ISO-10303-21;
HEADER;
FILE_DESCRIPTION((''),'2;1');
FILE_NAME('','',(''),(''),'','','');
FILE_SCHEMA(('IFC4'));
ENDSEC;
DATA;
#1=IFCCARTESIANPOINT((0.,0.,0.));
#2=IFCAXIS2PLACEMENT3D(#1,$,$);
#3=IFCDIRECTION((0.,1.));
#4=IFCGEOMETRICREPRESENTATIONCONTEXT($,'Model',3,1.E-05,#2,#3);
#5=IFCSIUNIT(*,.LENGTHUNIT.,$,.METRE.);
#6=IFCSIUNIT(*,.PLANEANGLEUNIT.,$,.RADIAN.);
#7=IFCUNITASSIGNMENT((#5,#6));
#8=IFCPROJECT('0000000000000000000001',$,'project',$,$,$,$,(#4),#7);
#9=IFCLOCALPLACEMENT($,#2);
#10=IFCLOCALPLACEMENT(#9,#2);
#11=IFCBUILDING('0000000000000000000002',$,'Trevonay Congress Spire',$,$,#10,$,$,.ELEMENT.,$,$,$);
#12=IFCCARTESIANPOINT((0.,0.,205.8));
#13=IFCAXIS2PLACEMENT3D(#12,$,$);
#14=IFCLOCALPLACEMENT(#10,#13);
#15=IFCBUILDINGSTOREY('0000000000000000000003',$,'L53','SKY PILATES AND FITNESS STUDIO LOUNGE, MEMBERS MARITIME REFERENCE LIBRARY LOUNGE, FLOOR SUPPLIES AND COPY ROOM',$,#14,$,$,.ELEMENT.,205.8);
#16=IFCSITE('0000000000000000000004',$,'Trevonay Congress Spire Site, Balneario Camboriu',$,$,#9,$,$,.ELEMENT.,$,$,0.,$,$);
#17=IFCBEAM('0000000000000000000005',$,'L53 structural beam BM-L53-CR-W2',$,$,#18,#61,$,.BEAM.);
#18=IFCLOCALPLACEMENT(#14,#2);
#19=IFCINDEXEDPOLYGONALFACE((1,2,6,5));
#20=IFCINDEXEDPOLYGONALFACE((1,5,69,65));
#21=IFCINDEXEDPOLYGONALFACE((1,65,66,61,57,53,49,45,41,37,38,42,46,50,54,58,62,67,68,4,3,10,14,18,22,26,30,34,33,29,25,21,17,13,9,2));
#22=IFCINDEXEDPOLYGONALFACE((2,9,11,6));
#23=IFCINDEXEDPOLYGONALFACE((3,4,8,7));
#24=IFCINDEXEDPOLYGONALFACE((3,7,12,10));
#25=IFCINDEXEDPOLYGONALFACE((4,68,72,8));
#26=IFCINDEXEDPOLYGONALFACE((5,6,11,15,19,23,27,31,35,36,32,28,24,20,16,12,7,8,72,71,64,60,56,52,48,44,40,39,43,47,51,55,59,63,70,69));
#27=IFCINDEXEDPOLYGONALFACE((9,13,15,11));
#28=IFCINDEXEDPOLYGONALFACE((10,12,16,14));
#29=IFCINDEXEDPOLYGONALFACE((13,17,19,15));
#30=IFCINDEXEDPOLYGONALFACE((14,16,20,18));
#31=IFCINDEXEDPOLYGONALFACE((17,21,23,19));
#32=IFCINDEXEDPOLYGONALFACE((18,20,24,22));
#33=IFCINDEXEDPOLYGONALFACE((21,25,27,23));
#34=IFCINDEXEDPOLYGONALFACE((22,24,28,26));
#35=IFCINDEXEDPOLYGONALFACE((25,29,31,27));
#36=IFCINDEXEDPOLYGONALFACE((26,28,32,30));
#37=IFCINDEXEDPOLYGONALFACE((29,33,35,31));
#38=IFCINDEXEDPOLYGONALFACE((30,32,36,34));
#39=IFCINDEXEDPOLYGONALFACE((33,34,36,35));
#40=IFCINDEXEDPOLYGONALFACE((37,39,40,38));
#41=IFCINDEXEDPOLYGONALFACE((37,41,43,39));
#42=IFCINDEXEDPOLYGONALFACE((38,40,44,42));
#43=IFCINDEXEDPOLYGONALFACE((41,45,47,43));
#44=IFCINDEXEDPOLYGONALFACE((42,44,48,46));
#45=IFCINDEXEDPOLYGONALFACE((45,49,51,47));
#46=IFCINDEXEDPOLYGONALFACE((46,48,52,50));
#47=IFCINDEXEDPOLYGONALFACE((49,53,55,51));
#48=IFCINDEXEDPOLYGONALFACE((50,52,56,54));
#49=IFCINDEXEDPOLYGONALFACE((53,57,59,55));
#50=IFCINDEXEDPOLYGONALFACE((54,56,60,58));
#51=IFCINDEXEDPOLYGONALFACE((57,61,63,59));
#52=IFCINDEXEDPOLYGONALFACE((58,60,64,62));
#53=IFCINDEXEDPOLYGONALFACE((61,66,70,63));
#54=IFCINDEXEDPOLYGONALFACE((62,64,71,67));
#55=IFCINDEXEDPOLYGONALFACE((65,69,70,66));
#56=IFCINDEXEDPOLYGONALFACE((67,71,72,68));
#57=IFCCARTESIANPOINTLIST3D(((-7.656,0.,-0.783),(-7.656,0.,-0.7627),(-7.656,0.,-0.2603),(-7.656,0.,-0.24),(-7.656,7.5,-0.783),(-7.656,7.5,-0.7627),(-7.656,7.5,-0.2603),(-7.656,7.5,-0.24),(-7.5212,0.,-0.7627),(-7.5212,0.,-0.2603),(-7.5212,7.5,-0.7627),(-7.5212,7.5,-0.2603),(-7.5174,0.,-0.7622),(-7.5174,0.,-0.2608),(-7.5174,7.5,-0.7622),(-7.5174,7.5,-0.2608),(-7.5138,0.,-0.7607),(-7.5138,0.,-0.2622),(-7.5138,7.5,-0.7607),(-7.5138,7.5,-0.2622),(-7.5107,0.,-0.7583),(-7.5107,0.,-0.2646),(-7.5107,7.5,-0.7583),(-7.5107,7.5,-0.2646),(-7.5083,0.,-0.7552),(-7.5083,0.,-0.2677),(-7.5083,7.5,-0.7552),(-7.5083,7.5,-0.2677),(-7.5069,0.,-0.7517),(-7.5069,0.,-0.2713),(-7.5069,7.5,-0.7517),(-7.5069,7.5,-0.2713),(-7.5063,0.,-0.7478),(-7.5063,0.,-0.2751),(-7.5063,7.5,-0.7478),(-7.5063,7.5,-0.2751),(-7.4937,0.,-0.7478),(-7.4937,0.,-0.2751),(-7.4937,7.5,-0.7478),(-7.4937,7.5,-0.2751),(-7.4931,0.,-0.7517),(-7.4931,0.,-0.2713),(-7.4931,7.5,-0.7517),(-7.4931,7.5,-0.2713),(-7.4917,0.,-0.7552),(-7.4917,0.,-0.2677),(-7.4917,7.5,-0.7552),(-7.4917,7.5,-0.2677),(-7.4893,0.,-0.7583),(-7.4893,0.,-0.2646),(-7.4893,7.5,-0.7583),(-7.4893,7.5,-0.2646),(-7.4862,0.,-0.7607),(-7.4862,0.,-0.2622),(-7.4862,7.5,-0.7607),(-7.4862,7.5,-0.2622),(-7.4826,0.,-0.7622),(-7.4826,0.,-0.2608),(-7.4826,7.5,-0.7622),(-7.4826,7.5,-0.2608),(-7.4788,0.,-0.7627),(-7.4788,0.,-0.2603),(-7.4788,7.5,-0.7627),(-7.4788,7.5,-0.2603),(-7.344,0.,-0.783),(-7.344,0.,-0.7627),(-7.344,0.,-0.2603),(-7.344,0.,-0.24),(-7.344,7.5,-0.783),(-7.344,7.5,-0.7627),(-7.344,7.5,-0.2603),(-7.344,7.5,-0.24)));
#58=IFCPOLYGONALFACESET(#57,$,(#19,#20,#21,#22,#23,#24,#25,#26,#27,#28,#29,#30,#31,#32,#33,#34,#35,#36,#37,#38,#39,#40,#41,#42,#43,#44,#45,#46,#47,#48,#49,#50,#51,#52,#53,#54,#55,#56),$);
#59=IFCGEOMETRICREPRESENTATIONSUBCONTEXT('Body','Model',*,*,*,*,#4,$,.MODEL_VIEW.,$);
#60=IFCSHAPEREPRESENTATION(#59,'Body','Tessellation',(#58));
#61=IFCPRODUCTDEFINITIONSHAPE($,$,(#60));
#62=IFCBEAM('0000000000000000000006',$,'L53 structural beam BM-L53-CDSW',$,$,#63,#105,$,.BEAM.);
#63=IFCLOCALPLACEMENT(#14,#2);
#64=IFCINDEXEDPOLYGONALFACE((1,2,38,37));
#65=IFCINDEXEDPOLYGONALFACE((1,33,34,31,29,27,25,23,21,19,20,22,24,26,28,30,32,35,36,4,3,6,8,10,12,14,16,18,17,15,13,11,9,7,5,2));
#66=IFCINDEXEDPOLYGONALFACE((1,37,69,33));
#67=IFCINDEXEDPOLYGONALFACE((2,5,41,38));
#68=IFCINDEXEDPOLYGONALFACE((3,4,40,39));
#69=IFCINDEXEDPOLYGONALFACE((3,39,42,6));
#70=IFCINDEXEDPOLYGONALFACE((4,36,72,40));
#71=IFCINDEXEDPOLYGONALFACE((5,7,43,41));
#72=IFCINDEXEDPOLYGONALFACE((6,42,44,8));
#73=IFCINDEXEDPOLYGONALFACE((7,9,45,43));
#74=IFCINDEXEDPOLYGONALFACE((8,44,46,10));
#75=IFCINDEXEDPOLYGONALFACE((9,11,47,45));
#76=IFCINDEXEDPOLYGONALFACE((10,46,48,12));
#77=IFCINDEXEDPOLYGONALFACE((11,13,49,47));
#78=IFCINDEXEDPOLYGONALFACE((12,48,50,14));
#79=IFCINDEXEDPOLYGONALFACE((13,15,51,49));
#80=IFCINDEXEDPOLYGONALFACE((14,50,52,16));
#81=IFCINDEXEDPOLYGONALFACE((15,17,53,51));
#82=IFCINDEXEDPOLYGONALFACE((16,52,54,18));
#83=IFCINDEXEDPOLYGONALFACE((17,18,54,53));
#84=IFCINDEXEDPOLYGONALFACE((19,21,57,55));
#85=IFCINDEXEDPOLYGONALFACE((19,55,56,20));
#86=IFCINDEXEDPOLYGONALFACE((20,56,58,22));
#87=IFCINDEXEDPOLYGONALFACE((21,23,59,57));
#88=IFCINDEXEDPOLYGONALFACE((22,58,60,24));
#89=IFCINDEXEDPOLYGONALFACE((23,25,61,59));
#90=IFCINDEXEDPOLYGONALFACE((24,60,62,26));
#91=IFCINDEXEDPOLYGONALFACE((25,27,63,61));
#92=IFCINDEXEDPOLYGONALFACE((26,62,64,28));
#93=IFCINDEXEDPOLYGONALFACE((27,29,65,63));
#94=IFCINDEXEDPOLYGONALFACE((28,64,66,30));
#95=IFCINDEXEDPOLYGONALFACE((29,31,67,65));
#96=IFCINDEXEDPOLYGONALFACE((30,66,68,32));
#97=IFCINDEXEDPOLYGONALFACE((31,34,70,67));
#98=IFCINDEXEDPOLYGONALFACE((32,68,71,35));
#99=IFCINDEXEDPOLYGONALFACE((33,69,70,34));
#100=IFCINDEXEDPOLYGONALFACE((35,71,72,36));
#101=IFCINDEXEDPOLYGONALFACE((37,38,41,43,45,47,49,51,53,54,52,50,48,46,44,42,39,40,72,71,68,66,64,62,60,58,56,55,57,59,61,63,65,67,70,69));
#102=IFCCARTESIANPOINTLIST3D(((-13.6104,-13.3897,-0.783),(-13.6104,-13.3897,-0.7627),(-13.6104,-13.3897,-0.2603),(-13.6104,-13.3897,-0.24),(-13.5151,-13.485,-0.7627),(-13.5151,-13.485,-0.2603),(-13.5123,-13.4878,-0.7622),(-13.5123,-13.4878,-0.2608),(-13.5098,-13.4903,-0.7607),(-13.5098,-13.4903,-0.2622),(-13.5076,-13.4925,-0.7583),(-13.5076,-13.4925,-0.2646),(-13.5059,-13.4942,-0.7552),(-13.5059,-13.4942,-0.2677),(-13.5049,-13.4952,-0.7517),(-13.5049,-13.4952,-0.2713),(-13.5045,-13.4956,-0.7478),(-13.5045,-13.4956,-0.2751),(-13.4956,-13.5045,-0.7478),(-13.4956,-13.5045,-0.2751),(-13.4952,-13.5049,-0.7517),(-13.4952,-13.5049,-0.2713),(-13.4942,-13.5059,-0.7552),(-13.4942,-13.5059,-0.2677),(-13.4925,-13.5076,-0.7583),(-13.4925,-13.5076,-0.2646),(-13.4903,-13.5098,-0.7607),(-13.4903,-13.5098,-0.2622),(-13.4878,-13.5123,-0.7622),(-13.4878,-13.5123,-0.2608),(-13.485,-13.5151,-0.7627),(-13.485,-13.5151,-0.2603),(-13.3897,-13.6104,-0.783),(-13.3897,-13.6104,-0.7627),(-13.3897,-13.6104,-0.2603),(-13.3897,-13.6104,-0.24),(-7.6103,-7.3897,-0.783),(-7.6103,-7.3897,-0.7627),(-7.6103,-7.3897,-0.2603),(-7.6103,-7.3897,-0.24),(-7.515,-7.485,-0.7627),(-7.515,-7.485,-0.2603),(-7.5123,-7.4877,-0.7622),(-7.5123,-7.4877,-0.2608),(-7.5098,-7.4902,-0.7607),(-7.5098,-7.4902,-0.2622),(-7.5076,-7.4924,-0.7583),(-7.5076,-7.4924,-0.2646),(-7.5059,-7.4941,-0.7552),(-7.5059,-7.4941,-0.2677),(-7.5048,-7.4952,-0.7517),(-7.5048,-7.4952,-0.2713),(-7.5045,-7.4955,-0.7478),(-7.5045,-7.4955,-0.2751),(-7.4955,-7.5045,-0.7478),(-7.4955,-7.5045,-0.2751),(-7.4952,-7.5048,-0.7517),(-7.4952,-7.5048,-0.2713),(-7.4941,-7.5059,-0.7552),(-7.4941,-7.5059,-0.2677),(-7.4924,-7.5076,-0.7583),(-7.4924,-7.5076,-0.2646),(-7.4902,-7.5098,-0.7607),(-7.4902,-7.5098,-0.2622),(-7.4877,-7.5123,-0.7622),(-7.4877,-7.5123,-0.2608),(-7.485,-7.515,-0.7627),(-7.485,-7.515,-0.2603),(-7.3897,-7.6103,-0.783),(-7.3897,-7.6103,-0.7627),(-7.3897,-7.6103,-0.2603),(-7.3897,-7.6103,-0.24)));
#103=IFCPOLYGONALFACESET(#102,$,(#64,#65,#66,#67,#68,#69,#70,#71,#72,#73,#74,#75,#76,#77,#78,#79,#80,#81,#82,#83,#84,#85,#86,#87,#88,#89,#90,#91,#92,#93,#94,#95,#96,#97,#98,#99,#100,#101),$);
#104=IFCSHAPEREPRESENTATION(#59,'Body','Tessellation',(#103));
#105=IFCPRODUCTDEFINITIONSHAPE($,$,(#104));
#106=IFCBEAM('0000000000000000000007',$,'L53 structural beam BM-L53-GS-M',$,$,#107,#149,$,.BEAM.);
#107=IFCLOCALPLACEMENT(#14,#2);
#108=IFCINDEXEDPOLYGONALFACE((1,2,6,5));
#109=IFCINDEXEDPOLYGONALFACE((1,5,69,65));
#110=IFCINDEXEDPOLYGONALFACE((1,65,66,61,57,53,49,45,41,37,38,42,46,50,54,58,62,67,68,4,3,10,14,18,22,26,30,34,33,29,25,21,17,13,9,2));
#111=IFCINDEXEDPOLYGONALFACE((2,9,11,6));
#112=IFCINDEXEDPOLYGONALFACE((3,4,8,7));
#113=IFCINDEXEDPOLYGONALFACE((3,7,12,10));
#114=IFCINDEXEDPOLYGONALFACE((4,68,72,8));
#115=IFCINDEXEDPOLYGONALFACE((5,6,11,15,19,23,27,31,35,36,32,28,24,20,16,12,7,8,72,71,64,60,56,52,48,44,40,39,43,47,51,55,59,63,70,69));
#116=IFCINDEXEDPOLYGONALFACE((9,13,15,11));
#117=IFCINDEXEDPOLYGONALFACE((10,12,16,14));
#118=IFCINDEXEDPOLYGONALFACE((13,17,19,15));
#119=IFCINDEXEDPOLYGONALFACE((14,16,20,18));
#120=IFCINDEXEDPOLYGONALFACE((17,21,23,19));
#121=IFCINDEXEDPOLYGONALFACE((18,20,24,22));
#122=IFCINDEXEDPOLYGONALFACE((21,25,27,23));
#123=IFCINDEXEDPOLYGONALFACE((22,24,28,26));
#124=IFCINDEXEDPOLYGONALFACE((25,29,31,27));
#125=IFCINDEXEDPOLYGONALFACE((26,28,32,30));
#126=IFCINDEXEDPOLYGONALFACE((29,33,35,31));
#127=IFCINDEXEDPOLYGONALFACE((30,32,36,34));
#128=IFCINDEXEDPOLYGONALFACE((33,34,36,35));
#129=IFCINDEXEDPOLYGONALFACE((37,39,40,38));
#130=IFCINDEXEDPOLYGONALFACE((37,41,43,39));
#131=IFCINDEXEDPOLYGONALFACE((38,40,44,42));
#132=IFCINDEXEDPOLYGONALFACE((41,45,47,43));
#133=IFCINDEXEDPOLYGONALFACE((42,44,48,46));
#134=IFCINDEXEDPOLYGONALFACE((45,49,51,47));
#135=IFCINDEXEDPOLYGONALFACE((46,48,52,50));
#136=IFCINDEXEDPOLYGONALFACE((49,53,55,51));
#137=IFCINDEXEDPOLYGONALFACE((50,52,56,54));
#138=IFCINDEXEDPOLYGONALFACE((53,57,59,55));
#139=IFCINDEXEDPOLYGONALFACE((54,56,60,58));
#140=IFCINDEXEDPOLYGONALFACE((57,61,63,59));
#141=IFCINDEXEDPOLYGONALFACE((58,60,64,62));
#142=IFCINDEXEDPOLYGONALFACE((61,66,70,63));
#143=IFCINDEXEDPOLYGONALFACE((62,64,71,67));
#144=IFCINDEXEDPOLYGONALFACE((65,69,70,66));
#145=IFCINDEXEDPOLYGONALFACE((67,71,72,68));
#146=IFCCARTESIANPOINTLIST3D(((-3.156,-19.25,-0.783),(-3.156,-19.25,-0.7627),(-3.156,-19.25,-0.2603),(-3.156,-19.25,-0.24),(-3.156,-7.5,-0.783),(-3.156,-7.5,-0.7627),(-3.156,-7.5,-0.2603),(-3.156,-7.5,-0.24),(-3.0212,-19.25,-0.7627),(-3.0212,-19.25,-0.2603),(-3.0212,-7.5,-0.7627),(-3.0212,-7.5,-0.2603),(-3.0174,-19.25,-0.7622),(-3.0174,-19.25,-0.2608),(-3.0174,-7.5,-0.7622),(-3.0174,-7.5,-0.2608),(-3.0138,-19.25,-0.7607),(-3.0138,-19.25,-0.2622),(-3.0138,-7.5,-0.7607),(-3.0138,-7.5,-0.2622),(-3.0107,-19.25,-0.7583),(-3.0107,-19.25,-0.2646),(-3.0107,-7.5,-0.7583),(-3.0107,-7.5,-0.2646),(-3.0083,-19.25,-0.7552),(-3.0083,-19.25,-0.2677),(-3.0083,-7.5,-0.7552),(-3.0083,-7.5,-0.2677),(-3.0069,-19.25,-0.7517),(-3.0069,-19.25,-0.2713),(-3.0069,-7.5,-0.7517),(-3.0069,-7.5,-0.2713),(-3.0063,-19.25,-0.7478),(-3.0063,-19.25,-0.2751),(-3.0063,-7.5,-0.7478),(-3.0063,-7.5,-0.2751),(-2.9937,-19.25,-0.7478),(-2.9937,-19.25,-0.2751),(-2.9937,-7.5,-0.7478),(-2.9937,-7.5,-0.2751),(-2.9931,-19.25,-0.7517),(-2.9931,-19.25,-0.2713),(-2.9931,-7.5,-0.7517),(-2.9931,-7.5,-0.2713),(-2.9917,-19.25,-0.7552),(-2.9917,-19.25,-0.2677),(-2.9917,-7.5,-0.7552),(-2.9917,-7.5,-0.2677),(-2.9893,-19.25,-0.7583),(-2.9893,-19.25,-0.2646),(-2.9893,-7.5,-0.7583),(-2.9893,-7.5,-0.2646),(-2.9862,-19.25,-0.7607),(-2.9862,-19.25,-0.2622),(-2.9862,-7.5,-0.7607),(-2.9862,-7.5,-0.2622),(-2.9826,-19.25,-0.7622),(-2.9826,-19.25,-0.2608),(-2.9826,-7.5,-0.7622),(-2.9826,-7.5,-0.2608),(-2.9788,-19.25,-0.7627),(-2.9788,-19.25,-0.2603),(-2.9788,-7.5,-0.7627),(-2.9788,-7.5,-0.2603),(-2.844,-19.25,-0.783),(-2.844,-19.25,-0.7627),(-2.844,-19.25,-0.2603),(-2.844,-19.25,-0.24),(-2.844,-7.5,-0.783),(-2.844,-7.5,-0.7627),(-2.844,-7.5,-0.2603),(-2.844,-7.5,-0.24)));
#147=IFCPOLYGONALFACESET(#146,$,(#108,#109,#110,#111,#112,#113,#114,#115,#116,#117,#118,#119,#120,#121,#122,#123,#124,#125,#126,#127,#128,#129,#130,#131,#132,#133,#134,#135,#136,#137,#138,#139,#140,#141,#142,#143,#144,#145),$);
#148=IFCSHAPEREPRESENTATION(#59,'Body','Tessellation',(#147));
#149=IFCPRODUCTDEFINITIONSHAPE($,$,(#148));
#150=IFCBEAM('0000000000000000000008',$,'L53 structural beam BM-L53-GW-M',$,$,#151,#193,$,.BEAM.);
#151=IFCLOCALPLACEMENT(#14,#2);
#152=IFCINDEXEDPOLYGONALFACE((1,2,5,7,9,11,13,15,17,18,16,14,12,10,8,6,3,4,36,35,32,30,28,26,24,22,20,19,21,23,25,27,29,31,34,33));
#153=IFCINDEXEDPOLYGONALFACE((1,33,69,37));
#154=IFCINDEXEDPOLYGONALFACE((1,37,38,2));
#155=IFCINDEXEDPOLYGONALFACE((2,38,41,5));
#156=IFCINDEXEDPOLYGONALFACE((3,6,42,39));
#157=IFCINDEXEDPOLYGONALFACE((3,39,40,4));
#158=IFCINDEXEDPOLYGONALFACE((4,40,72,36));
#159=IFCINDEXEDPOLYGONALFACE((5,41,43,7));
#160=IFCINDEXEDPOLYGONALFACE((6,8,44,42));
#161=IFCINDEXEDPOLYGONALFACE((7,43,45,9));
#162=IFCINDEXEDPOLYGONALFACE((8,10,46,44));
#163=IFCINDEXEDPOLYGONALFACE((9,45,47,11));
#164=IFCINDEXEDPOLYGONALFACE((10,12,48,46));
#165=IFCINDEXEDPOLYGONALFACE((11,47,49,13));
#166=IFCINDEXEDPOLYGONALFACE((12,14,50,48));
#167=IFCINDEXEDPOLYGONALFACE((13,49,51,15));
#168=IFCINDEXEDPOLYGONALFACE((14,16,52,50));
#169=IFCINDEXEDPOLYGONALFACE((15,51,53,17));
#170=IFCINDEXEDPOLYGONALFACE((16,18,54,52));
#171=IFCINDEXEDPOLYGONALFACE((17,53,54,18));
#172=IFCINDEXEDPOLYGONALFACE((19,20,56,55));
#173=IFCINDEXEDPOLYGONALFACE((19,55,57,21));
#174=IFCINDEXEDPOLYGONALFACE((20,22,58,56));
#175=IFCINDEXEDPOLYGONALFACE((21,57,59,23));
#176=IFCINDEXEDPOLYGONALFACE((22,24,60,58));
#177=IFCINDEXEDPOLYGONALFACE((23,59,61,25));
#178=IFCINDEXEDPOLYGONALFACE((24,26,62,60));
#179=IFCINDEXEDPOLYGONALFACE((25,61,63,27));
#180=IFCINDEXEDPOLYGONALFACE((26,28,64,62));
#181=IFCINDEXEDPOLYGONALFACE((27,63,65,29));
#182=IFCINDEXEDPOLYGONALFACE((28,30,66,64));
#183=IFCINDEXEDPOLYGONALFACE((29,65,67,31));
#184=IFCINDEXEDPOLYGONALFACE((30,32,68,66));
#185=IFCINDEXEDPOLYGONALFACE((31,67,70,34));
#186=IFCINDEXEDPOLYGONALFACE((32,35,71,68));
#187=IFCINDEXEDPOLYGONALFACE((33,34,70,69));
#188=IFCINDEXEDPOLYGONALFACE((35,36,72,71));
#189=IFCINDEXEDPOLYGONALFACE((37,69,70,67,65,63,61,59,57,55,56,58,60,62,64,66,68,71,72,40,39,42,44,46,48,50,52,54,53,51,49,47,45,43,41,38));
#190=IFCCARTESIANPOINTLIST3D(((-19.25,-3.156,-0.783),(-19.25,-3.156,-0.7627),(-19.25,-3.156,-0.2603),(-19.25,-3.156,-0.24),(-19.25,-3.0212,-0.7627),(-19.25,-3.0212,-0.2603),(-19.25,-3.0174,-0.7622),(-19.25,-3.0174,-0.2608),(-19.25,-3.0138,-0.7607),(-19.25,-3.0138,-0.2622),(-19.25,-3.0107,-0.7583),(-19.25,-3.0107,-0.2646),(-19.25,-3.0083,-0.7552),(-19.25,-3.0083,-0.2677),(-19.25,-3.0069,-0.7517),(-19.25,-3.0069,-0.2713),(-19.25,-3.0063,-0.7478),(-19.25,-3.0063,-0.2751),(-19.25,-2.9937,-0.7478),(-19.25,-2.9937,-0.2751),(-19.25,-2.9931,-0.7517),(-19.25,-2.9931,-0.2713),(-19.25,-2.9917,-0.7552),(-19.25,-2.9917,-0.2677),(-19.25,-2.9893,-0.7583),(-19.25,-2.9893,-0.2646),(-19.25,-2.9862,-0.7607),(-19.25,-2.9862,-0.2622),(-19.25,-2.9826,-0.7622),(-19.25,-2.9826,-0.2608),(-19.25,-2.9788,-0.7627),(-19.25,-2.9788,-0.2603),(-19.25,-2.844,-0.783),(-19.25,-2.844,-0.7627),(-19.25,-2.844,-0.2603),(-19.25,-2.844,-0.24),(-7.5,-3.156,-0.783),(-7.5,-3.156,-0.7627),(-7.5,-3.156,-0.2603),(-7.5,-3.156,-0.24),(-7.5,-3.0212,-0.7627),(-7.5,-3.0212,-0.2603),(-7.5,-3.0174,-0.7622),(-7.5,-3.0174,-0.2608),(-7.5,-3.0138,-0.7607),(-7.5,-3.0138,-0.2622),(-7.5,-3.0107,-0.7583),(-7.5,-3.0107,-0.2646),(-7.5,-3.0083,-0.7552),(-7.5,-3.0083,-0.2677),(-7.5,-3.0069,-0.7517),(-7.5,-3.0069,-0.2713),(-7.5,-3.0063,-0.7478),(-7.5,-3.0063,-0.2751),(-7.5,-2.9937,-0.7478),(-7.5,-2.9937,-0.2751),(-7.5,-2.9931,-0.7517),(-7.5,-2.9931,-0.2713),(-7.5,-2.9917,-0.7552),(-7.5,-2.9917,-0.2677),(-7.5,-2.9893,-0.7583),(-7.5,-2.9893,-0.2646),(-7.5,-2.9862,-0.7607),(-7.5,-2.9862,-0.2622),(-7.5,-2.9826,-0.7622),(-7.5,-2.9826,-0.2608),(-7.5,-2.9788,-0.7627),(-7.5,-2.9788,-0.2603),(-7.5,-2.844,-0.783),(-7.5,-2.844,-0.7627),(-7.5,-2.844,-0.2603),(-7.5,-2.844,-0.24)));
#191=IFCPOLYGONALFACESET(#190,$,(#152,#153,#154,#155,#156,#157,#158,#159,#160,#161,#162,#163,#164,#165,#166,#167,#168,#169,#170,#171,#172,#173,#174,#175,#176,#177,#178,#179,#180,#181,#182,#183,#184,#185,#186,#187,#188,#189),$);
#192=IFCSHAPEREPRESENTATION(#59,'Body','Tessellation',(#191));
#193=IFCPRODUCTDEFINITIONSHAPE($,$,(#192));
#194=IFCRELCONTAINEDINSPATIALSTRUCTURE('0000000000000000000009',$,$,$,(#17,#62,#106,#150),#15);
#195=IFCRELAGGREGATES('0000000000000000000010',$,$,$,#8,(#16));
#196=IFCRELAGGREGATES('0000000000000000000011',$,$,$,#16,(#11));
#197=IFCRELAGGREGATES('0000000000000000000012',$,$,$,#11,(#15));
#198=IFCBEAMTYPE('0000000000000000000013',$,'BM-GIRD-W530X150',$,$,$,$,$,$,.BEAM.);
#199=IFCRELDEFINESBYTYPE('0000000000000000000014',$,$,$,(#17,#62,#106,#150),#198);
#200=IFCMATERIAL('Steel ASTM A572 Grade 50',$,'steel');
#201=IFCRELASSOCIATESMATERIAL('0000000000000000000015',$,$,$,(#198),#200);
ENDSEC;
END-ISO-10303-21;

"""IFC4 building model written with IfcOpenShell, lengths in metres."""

from ifc_helpers import new_model, si_unit, direction, frame, origin, origin_2d, place, context, subcontext, project, spatial, i_section, extrude, material, material_profile, profile_set, type_object, element, save


model = new_model("IFC4")

# Units and contexts
model_context = context("Model", 3, precision=1e-05, world=origin(), true_north=direction((0.0, 1.0)))
body_context = subcontext(model_context, "Body", "Model", "MODEL_VIEW")
ifc_project = project(units=[si_unit("LENGTHUNIT", "METRE"), si_unit("PLANEANGLEUNIT", "RADIAN")], contexts=[model_context])

# Site, building, storey
site_placement = place(None, origin())
site = spatial("IfcSite", under=ifc_project, at=site_placement, Name="Trevonay Congress Spire Site, Balneario Camboriu", CompositionType="ELEMENT", RefElevation=0.0)
building_placement = place(site_placement, origin())
building = spatial("IfcBuilding", under=site, at=building_placement, Name="Trevonay Congress Spire", CompositionType="ELEMENT")
storey_placement = place(building_placement, frame((0.0, 0.0, 205.8)))
storey = spatial("IfcBuildingStorey", under=building, at=storey_placement, Name="L53", Description="SKY PILATES AND FITNESS STUDIO LOUNGE, MEMBERS MARITIME REFERENCE LIBRARY LOUNGE, FLOOR SUPPLIES AND COPY ROOM", CompositionType="ELEMENT", Elevation=205.8)

# Shared definitions
ifc_material_1 = material(Name="Steel ASTM A572 Grade 50", Category="steel")

# Beams
ifc_material_profile_1 = material_profile(ifc_material_1, i_section(OverallWidth=0.312, OverallDepth=0.543, WebThickness=0.0127, FlangeThickness=0.0203, FilletRadius=0.0149, at=origin_2d()), Name="W530x150")
ifc_profile_set_1 = profile_set([ifc_material_profile_1], Name="Steel ASTM A572 Grade 50")
beam_type_1 = type_object("IfcBeamType", Name="BM-GIRD-W530X150", PredefinedType="BEAM", material=ifc_profile_set_1)
for number, where, z_axis, x_axis, name in (
    (1, (-7.5, 0.0, -0.5115), (0.0, 1.0, 0.0), (-1.0, 0.0, 0.0), "L53 structural beam BM-L53-CR-W2"),
):
    element("IfcBeam", number, at=place(storey_placement, frame(where, z_axis=z_axis, x_axis=x_axis)), inside=storey, type_object=beam_type_1, Name=name, PredefinedType="BEAM", context=body_context, shape_type="SweptSolid", body=[
        extrude(i_section(OverallWidth=0.312, OverallDepth=0.543, WebThickness=0.0127, FlangeThickness=0.0203, FilletRadius=0.0149, at=origin_2d()), origin(), (0.0, 0.0, 1.0), 7.5),
    ])
beam_1_placement = place(storey_placement, frame((-7.5, -7.5, -0.5115), z_axis=(-0.707107, -0.707107, 0.0), x_axis=(0.707107, -0.707107, 0.0)))
element("IfcBeam", 2, at=beam_1_placement, inside=storey, type_object=beam_type_1, Name="L53 structural beam BM-L53-CDSW", PredefinedType="BEAM", context=body_context, shape_type="SweptSolid", body=[
    extrude(i_section(OverallWidth=0.312, OverallDepth=0.543, WebThickness=0.0127, FlangeThickness=0.0203, FilletRadius=0.0149, at=origin_2d()), origin(), (0.0, 0.0, 1.0), 8.4854),
])
for number, where, z_axis, x_axis, name in (
    (3, (-3.0, -7.5, -0.5115), (0.0, -1.0, 0.0), (1.0, 0.0, 0.0), "L53 structural beam BM-L53-GS-M"),
    (4, (-7.5, -3.0, -0.5115), (-1.0, 0.0, 0.0), (0.0, -1.0, 0.0), "L53 structural beam BM-L53-GW-M"),
):
    element("IfcBeam", number, at=place(storey_placement, frame(where, z_axis=z_axis, x_axis=x_axis)), inside=storey, type_object=beam_type_1, Name=name, PredefinedType="BEAM", context=body_context, shape_type="SweptSolid", body=[
        extrude(i_section(OverallWidth=0.312, OverallDepth=0.543, WebThickness=0.0127, FlangeThickness=0.0203, FilletRadius=0.0149, at=origin_2d()), origin(), (0.0, 0.0, 1.0), 11.75),
    ])

save(model, "model.ifc")
